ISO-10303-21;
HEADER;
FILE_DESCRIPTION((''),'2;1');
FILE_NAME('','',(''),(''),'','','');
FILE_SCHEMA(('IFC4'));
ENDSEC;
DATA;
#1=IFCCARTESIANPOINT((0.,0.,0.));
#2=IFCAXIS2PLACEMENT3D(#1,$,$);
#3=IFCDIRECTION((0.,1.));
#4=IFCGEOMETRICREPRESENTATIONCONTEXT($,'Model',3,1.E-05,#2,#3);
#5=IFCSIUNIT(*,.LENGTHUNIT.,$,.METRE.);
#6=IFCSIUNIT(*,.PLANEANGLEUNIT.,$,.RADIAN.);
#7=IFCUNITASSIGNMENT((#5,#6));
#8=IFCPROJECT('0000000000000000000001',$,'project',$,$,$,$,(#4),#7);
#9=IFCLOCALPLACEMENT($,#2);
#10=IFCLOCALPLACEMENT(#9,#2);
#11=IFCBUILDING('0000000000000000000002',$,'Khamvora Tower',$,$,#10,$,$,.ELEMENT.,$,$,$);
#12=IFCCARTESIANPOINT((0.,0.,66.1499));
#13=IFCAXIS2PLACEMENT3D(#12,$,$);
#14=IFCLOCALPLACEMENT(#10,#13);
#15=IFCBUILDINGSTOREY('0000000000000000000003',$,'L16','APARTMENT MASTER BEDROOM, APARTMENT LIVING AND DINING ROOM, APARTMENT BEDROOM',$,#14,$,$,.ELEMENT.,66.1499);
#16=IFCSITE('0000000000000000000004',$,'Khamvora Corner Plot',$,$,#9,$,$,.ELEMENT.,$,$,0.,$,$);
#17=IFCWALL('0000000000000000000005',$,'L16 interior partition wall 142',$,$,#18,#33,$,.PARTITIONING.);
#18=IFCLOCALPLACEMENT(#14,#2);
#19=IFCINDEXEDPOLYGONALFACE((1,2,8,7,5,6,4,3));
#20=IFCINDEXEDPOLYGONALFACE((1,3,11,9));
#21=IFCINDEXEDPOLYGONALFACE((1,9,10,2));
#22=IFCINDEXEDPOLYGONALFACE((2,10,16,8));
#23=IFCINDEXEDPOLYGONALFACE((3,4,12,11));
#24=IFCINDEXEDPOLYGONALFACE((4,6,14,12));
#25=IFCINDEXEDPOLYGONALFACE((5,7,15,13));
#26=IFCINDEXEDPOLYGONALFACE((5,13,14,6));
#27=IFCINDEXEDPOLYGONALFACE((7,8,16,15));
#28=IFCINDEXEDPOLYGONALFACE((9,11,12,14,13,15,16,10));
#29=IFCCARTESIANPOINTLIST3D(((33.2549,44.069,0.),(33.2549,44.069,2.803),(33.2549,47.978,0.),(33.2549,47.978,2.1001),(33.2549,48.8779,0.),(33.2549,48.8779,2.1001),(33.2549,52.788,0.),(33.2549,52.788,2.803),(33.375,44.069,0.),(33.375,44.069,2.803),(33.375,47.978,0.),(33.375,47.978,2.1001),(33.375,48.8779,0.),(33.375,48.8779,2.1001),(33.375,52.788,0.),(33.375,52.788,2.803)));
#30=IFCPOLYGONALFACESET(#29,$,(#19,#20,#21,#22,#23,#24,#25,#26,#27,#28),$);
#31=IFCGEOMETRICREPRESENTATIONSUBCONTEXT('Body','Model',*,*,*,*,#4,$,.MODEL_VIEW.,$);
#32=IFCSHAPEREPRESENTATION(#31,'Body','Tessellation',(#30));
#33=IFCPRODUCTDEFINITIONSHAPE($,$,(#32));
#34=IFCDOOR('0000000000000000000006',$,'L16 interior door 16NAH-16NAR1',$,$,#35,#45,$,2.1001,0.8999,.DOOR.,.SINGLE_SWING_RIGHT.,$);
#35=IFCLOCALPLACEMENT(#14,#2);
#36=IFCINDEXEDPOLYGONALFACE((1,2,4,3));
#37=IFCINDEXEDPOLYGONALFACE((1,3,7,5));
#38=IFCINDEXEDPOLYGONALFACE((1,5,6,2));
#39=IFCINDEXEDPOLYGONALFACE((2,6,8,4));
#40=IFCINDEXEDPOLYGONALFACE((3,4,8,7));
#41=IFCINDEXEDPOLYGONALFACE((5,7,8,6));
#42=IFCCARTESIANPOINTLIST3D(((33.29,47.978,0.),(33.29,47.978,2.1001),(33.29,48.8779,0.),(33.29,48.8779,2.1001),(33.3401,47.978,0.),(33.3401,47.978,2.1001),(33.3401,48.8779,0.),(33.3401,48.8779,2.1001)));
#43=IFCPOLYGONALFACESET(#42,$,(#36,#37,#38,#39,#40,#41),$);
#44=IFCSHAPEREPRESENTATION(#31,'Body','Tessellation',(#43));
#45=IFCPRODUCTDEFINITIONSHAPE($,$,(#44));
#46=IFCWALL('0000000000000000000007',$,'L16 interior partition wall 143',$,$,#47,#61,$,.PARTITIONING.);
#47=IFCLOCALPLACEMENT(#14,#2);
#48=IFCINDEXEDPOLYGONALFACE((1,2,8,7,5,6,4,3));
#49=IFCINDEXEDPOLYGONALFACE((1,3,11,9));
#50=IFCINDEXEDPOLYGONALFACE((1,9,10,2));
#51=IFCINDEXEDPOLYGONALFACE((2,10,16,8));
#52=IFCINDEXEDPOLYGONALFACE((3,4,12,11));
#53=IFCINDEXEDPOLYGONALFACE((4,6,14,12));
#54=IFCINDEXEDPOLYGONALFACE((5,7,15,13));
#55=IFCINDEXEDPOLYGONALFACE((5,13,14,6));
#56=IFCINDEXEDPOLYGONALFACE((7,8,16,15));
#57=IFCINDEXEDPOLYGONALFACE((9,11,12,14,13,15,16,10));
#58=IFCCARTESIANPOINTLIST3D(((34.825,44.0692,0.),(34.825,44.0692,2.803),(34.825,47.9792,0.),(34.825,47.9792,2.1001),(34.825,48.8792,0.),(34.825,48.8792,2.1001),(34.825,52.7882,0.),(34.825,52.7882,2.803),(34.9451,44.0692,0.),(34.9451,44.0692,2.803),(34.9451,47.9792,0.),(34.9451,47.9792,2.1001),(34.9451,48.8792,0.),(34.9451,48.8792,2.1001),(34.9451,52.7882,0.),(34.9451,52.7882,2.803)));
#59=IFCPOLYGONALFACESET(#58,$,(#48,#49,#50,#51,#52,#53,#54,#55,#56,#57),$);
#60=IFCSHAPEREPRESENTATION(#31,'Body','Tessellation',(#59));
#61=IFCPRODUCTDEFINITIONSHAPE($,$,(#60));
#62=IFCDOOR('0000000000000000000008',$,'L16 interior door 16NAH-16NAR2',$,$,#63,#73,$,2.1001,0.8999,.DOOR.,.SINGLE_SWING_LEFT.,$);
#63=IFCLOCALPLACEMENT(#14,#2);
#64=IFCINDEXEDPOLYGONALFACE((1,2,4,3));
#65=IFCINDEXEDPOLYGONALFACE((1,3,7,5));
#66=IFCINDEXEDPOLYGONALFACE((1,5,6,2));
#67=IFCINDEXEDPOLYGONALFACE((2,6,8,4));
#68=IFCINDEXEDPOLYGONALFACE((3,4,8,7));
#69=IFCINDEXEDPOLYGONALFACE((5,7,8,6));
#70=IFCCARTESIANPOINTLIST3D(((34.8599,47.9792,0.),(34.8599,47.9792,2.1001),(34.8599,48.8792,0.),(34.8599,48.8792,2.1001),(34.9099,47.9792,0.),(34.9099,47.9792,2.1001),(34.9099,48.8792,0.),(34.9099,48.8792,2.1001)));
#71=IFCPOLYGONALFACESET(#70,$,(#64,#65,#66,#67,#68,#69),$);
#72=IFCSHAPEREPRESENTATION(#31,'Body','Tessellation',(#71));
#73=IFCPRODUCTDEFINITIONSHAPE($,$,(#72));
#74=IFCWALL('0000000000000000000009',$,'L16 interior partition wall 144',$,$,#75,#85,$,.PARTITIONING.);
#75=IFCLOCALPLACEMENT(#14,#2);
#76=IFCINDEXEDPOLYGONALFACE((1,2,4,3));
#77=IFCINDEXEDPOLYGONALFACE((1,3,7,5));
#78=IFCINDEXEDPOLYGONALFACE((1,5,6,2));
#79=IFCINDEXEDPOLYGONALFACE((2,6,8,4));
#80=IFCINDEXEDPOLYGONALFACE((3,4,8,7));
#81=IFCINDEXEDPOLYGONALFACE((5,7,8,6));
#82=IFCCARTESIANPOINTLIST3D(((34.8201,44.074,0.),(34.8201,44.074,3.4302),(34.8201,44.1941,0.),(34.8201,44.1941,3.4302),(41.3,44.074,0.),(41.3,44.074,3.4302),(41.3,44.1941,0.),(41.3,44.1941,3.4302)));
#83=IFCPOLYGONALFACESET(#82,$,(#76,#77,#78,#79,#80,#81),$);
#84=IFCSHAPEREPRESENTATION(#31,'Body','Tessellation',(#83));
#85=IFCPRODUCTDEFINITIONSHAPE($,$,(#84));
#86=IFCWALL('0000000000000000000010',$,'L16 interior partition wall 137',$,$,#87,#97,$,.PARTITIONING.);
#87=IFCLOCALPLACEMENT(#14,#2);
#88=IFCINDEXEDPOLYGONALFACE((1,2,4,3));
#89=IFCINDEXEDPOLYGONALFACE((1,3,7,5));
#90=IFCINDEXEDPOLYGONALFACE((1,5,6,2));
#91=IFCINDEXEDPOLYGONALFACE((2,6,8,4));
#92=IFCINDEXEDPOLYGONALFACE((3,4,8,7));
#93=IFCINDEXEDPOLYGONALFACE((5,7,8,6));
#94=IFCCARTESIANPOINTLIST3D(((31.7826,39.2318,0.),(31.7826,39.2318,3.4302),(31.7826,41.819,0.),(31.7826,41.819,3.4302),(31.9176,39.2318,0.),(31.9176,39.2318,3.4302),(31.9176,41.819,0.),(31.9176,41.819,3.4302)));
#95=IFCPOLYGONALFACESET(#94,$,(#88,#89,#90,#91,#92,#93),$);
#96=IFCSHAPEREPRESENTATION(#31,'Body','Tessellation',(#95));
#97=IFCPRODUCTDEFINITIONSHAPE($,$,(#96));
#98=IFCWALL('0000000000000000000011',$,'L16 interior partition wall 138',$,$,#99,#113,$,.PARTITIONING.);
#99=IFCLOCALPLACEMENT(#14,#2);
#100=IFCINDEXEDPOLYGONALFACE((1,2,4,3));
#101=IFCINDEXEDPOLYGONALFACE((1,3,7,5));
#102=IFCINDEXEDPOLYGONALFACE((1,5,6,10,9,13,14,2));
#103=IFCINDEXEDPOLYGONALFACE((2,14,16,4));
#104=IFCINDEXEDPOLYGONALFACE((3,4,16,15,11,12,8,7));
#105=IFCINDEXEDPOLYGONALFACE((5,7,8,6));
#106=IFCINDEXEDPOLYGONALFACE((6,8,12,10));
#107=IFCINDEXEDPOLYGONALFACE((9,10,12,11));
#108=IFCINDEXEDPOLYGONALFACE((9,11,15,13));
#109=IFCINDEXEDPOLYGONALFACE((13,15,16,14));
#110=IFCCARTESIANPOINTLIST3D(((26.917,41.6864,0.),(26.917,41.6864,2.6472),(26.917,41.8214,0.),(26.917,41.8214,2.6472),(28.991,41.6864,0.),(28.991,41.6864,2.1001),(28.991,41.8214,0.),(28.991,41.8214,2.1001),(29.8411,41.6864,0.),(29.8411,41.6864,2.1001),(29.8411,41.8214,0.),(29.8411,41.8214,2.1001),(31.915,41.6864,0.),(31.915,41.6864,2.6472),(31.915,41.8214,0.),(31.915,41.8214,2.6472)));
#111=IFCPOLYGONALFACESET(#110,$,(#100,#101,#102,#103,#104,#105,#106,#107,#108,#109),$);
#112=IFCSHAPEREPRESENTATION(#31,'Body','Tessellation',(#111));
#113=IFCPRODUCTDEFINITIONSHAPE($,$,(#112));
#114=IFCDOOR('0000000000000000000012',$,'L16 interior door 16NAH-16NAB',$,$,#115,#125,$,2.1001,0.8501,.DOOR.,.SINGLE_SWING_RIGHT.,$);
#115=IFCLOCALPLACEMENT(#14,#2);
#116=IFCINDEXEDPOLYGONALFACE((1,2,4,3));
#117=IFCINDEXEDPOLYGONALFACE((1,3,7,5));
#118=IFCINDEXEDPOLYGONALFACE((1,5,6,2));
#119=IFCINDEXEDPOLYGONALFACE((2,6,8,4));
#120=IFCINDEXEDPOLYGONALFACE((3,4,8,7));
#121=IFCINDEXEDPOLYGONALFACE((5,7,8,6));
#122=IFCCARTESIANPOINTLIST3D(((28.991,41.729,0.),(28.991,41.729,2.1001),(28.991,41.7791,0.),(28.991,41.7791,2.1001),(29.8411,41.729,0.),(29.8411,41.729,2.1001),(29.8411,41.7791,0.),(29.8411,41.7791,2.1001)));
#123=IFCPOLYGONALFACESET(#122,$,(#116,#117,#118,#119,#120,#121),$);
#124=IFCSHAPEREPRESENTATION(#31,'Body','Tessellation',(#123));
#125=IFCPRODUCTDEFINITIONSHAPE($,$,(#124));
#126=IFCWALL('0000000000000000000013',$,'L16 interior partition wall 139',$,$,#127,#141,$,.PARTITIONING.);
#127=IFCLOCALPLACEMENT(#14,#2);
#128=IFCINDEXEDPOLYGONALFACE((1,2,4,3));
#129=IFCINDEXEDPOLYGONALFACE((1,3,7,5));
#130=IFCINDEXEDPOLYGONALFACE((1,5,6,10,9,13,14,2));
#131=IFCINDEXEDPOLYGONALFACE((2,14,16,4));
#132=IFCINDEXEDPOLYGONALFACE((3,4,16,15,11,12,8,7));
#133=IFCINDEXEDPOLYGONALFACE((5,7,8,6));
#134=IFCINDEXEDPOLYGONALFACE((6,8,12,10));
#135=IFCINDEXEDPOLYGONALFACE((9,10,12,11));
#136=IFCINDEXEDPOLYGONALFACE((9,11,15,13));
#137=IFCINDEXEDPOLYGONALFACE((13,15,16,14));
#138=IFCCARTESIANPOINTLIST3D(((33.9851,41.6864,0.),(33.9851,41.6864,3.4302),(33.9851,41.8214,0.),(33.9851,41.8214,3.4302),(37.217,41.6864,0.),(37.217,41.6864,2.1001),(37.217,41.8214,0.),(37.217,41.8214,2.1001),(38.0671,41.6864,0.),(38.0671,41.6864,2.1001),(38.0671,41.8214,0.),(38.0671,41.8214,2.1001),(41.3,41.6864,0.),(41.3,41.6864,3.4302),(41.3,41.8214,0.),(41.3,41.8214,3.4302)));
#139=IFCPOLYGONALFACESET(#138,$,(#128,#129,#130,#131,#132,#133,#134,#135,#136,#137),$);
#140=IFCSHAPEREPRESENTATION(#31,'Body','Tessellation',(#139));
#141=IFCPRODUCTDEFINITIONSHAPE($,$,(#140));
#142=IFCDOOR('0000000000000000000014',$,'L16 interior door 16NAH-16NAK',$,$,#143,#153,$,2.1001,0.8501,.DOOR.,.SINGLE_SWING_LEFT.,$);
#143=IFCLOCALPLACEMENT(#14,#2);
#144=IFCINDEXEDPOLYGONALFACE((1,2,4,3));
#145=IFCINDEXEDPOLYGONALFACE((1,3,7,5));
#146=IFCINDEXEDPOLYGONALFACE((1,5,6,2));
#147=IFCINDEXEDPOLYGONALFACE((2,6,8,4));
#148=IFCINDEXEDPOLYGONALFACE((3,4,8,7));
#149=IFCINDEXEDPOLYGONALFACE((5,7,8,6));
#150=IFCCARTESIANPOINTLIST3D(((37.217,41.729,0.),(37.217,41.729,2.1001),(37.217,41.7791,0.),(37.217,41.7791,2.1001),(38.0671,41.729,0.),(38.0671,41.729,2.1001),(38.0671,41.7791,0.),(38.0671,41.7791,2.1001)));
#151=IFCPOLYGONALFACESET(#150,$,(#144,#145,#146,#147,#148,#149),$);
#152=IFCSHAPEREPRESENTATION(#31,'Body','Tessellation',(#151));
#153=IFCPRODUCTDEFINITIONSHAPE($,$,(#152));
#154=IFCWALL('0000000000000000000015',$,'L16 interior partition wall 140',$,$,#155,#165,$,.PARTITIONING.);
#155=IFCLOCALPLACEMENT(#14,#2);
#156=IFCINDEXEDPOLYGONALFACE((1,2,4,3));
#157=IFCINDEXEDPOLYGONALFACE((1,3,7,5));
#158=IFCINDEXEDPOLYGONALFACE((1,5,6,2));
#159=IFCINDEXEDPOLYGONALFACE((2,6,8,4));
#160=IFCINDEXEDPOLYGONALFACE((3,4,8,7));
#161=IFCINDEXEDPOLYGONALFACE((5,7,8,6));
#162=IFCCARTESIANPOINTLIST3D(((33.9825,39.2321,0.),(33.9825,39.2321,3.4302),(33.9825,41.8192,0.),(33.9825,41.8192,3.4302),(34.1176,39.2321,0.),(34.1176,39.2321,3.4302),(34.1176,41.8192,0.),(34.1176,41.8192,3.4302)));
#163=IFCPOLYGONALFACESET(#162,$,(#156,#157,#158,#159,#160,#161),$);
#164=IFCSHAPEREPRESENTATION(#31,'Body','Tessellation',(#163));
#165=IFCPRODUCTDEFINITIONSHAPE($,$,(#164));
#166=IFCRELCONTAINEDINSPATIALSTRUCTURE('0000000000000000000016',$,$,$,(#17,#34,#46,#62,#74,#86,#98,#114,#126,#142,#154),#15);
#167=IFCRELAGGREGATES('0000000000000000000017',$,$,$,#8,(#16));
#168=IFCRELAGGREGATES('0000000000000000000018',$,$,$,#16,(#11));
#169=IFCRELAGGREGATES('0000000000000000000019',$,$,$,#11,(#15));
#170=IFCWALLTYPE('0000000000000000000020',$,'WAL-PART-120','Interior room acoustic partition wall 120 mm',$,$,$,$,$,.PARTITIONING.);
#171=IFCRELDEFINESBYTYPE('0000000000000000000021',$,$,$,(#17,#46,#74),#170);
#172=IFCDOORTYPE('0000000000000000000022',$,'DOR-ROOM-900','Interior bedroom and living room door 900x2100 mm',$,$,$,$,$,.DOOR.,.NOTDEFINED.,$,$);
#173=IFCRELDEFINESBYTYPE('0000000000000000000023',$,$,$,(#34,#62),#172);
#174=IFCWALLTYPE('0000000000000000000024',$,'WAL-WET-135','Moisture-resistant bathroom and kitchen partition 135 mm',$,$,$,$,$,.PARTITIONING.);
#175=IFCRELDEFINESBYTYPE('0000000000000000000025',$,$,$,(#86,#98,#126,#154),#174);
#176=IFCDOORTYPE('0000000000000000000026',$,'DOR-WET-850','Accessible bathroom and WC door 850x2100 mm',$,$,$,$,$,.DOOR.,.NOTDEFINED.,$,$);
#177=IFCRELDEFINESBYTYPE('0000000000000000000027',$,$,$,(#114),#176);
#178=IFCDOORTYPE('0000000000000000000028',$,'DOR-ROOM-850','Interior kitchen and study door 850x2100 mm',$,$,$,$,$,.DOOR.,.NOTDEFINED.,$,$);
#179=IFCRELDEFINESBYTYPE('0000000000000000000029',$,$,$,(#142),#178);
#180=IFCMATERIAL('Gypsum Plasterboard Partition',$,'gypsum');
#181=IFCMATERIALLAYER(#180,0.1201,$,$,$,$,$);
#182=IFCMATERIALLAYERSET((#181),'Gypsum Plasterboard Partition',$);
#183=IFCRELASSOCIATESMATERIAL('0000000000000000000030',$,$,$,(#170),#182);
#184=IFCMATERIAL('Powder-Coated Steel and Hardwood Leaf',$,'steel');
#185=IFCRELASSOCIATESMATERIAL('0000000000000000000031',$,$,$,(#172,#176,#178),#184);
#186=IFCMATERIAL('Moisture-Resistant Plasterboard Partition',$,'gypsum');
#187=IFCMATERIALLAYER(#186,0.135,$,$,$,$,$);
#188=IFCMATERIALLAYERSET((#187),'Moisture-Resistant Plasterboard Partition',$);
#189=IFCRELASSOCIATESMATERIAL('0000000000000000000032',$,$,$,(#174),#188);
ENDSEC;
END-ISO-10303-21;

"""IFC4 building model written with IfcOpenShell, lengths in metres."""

from ifc_helpers import new_model, si_unit, direction, frame, frame_2d, origin, place, context, subcontext, project, spatial, rectangle, extrude, material, layer, layer_set, type_object, element, fill, save


model = new_model("IFC4")

# Units and contexts
model_context = context("Model", 3, precision=1e-05, world=origin(), true_north=direction((0.0, 1.0)))
body_context = subcontext(model_context, "Body", "Model", "MODEL_VIEW")
ifc_project = project(units=[si_unit("LENGTHUNIT", "METRE"), si_unit("PLANEANGLEUNIT", "RADIAN")], contexts=[model_context])

# Site, building, storey
site_placement = place(None, origin())
site = spatial("IfcSite", under=ifc_project, at=site_placement, Name="Khamvora Corner Plot", CompositionType="ELEMENT", RefElevation=0.0)
building_placement = place(site_placement, origin())
building = spatial("IfcBuilding", under=site, at=building_placement, Name="Khamvora Tower", CompositionType="ELEMENT")
storey_placement = place(building_placement, frame((0.0, 0.0, 66.1499)))
storey = spatial("IfcBuildingStorey", under=building, at=storey_placement, Name="L16", Description="APARTMENT MASTER BEDROOM, APARTMENT LIVING AND DINING ROOM, APARTMENT BEDROOM", CompositionType="ELEMENT", Elevation=66.1499)

# Shared definitions
ifc_material_1 = material(Name="Powder-Coated Steel and Hardwood Leaf", Category="steel")

# Walls, openings, doors
ifc_material_2 = material(Name="Gypsum Plasterboard Partition", Category="gypsum")
ifc_layer_1 = layer(ifc_material_2, 0.1201)
ifc_layer_set_1 = layer_set([ifc_layer_1], Name="Gypsum Plasterboard Partition")
wall_type_1 = type_object("IfcWallType", Name="WAL-PART-120", Description="Interior room acoustic partition wall 120 mm", PredefinedType="PARTITIONING", material=ifc_layer_set_1)
wall_1_placement = place(storey_placement, frame((33.3149, 44.0691, 0.0), z_axis=(0.0, 0.0, 1.0), x_axis=(0.0, 1.0, 0.0)))
wall_1 = element("IfcWall", 1, at=wall_1_placement, inside=storey, type_object=wall_type_1, Name="L16 interior partition wall 142", PredefinedType="PARTITIONING", context=body_context, shape_type="SweptSolid", body=[
    extrude(rectangle(XDim=8.719, YDim=0.1201, at=frame_2d((4.3594, 0.0))), origin(), (0.0, 0.0, 1.0), 2.803),
])
opening_1_placement = place(wall_1_placement, frame((3.9089, 0.0, 0.0)))
opening_1 = element("IfcOpeningElement", 2, at=opening_1_placement, cuts=wall_1, PredefinedType="OPENING", context=body_context, shape_type="SweptSolid", body=[
    extrude(rectangle(XDim=0.8999, YDim=2.1001, at=frame_2d((0.45, 1.05))), frame((0.0, 0.0701, 0.0), z_axis=(0.0, -1.0, 0.0), x_axis=(1.0, 0.0, 0.0)), (0.0, 0.0, 1.0), 0.1401),
])
door_type_1 = type_object("IfcDoorType", Name="DOR-ROOM-900", Description="Interior bedroom and living room door 900x2100 mm", OperationType="NOTDEFINED", PredefinedType="DOOR", material=ifc_material_1)
door_1_placement = place(opening_1_placement, origin())
door_1 = element("IfcDoor", 3, at=door_1_placement, inside=storey, type_object=door_type_1, Name="L16 interior door 16NAH-16NAR1", OperationType="SINGLE_SWING_RIGHT", OverallHeight=2.1001, OverallWidth=0.8999, PredefinedType="DOOR", context=body_context, shape_type="SweptSolid", body=[
    extrude(rectangle(XDim=0.8999, YDim=2.1001, at=frame_2d((0.45, 1.05))), frame((0.0, 0.0249, 0.0), z_axis=(0.0, -1.0, 0.0), x_axis=(1.0, 0.0, 0.0)), (0.0, 0.0, 1.0), 0.05),
])
fill(opening_1, door_1)
wall_2_placement = place(storey_placement, frame((34.885, 52.7881, 0.0), z_axis=(0.0, 0.0, 1.0), x_axis=(0.0, -1.0, 0.0)))
wall_2 = element("IfcWall", 4, at=wall_2_placement, inside=storey, type_object=wall_type_1, Name="L16 interior partition wall 143", PredefinedType="PARTITIONING", context=body_context, shape_type="SweptSolid", body=[
    extrude(rectangle(XDim=8.719, YDim=0.1201, at=frame_2d((4.3594, 0.0))), origin(), (0.0, 0.0, 1.0), 2.803),
])
opening_2_placement = place(wall_2_placement, frame((3.9089, 0.0, 0.0)))
opening_2 = element("IfcOpeningElement", 5, at=opening_2_placement, cuts=wall_2, PredefinedType="OPENING", context=body_context, shape_type="SweptSolid", body=[
    extrude(rectangle(XDim=0.8999, YDim=2.1001, at=frame_2d((0.45, 1.05))), frame((0.0, 0.0701, 0.0), z_axis=(0.0, -1.0, 0.0), x_axis=(1.0, 0.0, 0.0)), (0.0, 0.0, 1.0), 0.1401),
])
door_2_placement = place(opening_2_placement, origin())
door_2 = element("IfcDoor", 6, at=door_2_placement, inside=storey, type_object=door_type_1, Name="L16 interior door 16NAH-16NAR2", OperationType="SINGLE_SWING_LEFT", OverallHeight=2.1001, OverallWidth=0.8999, PredefinedType="DOOR", context=body_context, shape_type="SweptSolid", body=[
    extrude(rectangle(XDim=0.8999, YDim=2.1001, at=frame_2d((0.45, 1.05))), frame((0.0, 0.0249, 0.0), z_axis=(0.0, -1.0, 0.0), x_axis=(1.0, 0.0, 0.0)), (0.0, 0.0, 1.0), 0.05),
])
fill(opening_2, door_2)

# Walls
wall_3_placement = place(storey_placement, frame((34.8201, 44.134, 0.0), z_axis=(0.0, 0.0, 1.0), x_axis=(1.0, 0.0, 0.0)))
element("IfcWall", 7, at=wall_3_placement, inside=storey, type_object=wall_type_1, Name="L16 interior partition wall 144", PredefinedType="PARTITIONING", context=body_context, shape_type="SweptSolid", body=[
    extrude(rectangle(XDim=6.48, YDim=0.1201, at=frame_2d((3.24, 0.0))), origin(), (0.0, 0.0, 1.0), 3.4302),
])
ifc_material_3 = material(Name="Moisture-Resistant Plasterboard Partition", Category="gypsum")
ifc_layer_2 = layer(ifc_material_3, 0.135)
ifc_layer_set_2 = layer_set([ifc_layer_2], Name="Moisture-Resistant Plasterboard Partition")
wall_type_2 = type_object("IfcWallType", Name="WAL-WET-135", Description="Moisture-resistant bathroom and kitchen partition 135 mm", PredefinedType="PARTITIONING", material=ifc_layer_set_2)
wall_4_placement = place(storey_placement, frame((31.8501, 39.2319, 0.0), z_axis=(0.0, 0.0, 1.0), x_axis=(0.0, 1.0, 0.0)))
element("IfcWall", 8, at=wall_4_placement, inside=storey, type_object=wall_type_2, Name="L16 interior partition wall 137", PredefinedType="PARTITIONING", context=body_context, shape_type="SweptSolid", body=[
    extrude(rectangle(XDim=2.5872, YDim=0.135, at=frame_2d((1.2935, 0.0))), origin(), (0.0, 0.0, 1.0), 3.4302),
])

# Walls, openings, doors
wall_5_placement = place(storey_placement, frame((31.915, 41.7539, 0.0), z_axis=(0.0, 0.0, 1.0), x_axis=(-1.0, 0.0, 0.0)))
wall_5 = element("IfcWall", 9, at=wall_5_placement, inside=storey, type_object=wall_type_2, Name="L16 interior partition wall 138", PredefinedType="PARTITIONING", context=body_context, shape_type="SweptSolid", body=[
    extrude(rectangle(XDim=4.998, YDim=0.135, at=frame_2d((2.499, 0.0))), origin(), (0.0, 0.0, 1.0), 2.6472),
])
opening_3_placement = place(wall_5_placement, frame((2.074, 0.0, 0.0)))
opening_3 = element("IfcOpeningElement", 10, at=opening_3_placement, cuts=wall_5, PredefinedType="OPENING", context=body_context, shape_type="SweptSolid", body=[
    extrude(rectangle(XDim=0.8501, YDim=2.1001, at=frame_2d((0.425, 1.05))), frame((0.0, 0.0774, 0.0), z_axis=(0.0, -1.0, 0.0), x_axis=(1.0, 0.0, 0.0)), (0.0, 0.0, 1.0), 0.155),
])
door_type_2 = type_object("IfcDoorType", Name="DOR-WET-850", Description="Accessible bathroom and WC door 850x2100 mm", OperationType="NOTDEFINED", PredefinedType="DOOR", material=ifc_material_1)
door_3_placement = place(opening_3_placement, origin())
door_3 = element("IfcDoor", 11, at=door_3_placement, inside=storey, type_object=door_type_2, Name="L16 interior door 16NAH-16NAB", OperationType="SINGLE_SWING_RIGHT", OverallHeight=2.1001, OverallWidth=0.8501, PredefinedType="DOOR", context=body_context, shape_type="SweptSolid", body=[
    extrude(rectangle(XDim=0.8501, YDim=2.1001, at=frame_2d((0.425, 1.05))), frame((0.0, 0.0249, 0.0), z_axis=(0.0, -1.0, 0.0), x_axis=(1.0, 0.0, 0.0)), (0.0, 0.0, 1.0), 0.05),
])
fill(opening_3, door_3)
wall_6_placement = place(storey_placement, frame((41.3, 41.7539, 0.0), z_axis=(0.0, 0.0, 1.0), x_axis=(-1.0, 0.0, 0.0)))
wall_6 = element("IfcWall", 12, at=wall_6_placement, inside=storey, type_object=wall_type_2, Name="L16 interior partition wall 139", PredefinedType="PARTITIONING", context=body_context, shape_type="SweptSolid", body=[
    extrude(rectangle(XDim=7.3149, YDim=0.135, at=frame_2d((3.6575, 0.0))), origin(), (0.0, 0.0, 1.0), 3.4302),
])
opening_4_placement = place(wall_6_placement, frame((3.2329, 0.0, 0.0)))
opening_4 = element("IfcOpeningElement", 13, at=opening_4_placement, cuts=wall_6, PredefinedType="OPENING", context=body_context, shape_type="SweptSolid", body=[
    extrude(rectangle(XDim=0.8501, YDim=2.1001, at=frame_2d((0.425, 1.05))), frame((0.0, 0.0774, 0.0), z_axis=(0.0, -1.0, 0.0), x_axis=(1.0, 0.0, 0.0)), (0.0, 0.0, 1.0), 0.155),
])
door_type_3 = type_object("IfcDoorType", Name="DOR-ROOM-850", Description="Interior kitchen and study door 850x2100 mm", OperationType="NOTDEFINED", PredefinedType="DOOR", material=ifc_material_1)
door_4_placement = place(opening_4_placement, origin())
door_4 = element("IfcDoor", 14, at=door_4_placement, inside=storey, type_object=door_type_3, Name="L16 interior door 16NAH-16NAK", OperationType="SINGLE_SWING_LEFT", OverallHeight=2.1001, OverallWidth=0.8501, PredefinedType="DOOR", context=body_context, shape_type="SweptSolid", body=[
    extrude(rectangle(XDim=0.8501, YDim=2.1001, at=frame_2d((0.425, 1.05))), frame((0.0, 0.0249, 0.0), z_axis=(0.0, -1.0, 0.0), x_axis=(1.0, 0.0, 0.0)), (0.0, 0.0, 1.0), 0.05),
])
fill(opening_4, door_4)

# Wall
wall_7_placement = place(storey_placement, frame((34.05, 41.8191, 0.0), z_axis=(0.0, 0.0, 1.0), x_axis=(0.0, -1.0, 0.0)))
element("IfcWall", 15, at=wall_7_placement, inside=storey, type_object=wall_type_2, Name="L16 interior partition wall 140", PredefinedType="PARTITIONING", context=body_context, shape_type="SweptSolid", body=[
    extrude(rectangle(XDim=2.5872, YDim=0.135, at=frame_2d((1.2935, 0.0))), origin(), (0.0, 0.0, 1.0), 3.4302),
])

save(model, "model.ifc")
